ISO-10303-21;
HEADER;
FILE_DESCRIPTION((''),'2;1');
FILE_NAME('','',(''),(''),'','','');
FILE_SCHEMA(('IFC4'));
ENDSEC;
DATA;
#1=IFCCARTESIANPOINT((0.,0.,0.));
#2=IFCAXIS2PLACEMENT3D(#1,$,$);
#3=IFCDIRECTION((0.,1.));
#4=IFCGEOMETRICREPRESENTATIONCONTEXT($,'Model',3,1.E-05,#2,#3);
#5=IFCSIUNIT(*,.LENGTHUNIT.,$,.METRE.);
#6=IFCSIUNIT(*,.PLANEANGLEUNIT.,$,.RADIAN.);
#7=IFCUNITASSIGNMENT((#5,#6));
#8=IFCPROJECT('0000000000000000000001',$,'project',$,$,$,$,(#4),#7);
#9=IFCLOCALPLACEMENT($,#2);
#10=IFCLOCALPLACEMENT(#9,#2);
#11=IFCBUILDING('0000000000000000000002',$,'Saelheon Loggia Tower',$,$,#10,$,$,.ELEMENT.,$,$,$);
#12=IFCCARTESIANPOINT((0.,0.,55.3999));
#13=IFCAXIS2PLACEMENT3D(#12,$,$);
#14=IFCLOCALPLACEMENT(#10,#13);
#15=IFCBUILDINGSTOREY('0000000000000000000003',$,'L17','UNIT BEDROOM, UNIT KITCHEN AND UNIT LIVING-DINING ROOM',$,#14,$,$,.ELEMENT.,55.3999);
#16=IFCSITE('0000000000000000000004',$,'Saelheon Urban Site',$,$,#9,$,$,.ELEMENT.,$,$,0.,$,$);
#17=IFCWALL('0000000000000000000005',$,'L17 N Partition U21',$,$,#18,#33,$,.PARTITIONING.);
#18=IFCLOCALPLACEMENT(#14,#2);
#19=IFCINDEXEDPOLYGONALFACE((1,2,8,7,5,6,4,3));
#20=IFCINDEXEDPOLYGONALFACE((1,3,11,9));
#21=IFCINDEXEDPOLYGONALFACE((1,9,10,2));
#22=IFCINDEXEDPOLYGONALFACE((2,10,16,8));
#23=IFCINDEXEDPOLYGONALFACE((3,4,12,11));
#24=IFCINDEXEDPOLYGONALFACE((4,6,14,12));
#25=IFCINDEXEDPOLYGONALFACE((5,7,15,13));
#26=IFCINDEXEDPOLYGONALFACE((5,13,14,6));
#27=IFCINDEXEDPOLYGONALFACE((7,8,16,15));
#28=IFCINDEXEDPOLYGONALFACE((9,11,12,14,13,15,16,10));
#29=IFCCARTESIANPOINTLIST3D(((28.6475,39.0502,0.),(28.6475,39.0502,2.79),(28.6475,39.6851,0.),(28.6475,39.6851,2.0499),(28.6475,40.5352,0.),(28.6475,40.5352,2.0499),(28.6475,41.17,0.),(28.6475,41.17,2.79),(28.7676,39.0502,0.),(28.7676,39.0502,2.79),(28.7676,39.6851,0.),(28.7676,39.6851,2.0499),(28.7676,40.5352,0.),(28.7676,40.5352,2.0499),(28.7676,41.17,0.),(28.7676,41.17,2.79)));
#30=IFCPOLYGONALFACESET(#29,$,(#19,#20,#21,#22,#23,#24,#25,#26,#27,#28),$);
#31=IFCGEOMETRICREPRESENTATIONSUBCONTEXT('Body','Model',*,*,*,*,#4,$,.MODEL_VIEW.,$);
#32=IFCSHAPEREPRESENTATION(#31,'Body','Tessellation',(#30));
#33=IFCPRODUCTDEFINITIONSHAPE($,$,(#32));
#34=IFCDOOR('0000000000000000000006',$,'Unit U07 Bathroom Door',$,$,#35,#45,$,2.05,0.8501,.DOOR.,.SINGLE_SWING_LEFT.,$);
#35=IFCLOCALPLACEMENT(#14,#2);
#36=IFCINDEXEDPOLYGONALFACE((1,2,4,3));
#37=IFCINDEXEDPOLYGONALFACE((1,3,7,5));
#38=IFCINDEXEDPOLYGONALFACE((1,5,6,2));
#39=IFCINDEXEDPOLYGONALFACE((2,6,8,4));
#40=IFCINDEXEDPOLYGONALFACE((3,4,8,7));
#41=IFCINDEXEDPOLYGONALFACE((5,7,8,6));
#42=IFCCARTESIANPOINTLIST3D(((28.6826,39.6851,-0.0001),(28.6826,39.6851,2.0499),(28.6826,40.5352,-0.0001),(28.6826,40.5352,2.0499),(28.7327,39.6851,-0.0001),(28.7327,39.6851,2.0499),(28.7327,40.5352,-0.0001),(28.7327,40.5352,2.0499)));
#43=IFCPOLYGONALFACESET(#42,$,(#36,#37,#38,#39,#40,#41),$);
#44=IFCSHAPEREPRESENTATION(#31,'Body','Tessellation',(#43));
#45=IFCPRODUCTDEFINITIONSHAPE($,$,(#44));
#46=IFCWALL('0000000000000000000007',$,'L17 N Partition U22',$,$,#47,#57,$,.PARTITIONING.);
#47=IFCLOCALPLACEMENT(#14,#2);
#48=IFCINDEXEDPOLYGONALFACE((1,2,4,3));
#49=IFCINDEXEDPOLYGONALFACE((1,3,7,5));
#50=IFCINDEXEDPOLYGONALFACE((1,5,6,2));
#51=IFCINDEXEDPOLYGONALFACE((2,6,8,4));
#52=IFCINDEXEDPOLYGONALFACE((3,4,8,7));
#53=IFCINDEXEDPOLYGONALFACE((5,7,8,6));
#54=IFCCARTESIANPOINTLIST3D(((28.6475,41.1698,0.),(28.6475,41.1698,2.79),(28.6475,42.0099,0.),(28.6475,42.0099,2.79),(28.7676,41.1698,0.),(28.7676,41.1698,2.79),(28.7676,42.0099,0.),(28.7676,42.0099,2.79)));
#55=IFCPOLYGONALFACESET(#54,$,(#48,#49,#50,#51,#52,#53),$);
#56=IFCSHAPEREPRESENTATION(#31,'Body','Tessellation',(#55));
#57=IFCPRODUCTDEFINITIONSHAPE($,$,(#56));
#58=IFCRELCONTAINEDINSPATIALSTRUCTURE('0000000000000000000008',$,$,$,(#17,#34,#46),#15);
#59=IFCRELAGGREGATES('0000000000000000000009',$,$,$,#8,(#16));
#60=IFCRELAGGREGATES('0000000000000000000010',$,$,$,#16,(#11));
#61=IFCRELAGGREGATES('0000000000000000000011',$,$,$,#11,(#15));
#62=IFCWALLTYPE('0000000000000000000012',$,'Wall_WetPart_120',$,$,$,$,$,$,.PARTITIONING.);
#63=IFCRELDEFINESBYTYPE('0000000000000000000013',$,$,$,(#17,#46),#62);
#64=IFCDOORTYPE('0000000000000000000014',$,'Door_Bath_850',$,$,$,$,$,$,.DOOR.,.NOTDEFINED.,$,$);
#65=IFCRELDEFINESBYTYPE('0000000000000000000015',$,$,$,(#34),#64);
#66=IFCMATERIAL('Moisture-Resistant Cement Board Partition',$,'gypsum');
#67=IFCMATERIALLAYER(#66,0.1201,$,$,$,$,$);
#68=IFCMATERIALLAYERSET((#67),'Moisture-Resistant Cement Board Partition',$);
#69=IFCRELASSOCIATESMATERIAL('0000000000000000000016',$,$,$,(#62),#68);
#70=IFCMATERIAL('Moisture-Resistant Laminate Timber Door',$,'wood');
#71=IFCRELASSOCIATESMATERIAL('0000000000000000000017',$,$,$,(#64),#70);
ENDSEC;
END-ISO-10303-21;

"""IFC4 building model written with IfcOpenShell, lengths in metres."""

from ifc_helpers import new_model, si_unit, direction, frame, frame_2d, origin, place, context, subcontext, project, spatial, rectangle, extrude, source, transform, mapped, material, layer, layer_set, type_object, element, fill, save


model = new_model("IFC4")

# Units and contexts
model_context = context("Model", 3, precision=1e-05, world=origin(), true_north=direction((0.0, 1.0)))
body_context = subcontext(model_context, "Body", "Model", "MODEL_VIEW")
ifc_project = project(units=[si_unit("LENGTHUNIT", "METRE"), si_unit("PLANEANGLEUNIT", "RADIAN")], contexts=[model_context])

# Site, building, storey
site_placement = place(None, origin())
site = spatial("IfcSite", under=ifc_project, at=site_placement, Name="Saelheon Urban Site", CompositionType="ELEMENT", RefElevation=0.0)
building_placement = place(site_placement, origin())
building = spatial("IfcBuilding", under=site, at=building_placement, Name="Saelheon Loggia Tower", CompositionType="ELEMENT")
storey_placement = place(building_placement, frame((0.0, 0.0, 55.3999)))
storey = spatial("IfcBuildingStorey", under=building, at=storey_placement, Name="L17", Description="UNIT BEDROOM, UNIT KITCHEN AND UNIT LIVING-DINING ROOM", CompositionType="ELEMENT", Elevation=55.3999)

# Shared definitions
ifc_material_1 = material(Name="Moisture-Resistant Cement Board Partition", Category="gypsum")
ifc_layer_1 = layer(ifc_material_1, 0.1201)
ifc_layer_set_1 = layer_set([ifc_layer_1], Name="Moisture-Resistant Cement Board Partition")
wall_type_1 = type_object("IfcWallType", Name="Wall_WetPart_120", PredefinedType="PARTITIONING", material=ifc_layer_set_1)

# Wall, opening, door
wall_1_placement = place(storey_placement, frame((28.7075, 39.05, 0.0), z_axis=(0.0, 0.0, 1.0), x_axis=(0.0, 1.0, 0.0)))
wall_1 = element("IfcWall", 1, at=wall_1_placement, inside=storey, type_object=wall_type_1, Name="L17 N Partition U21", PredefinedType="PARTITIONING", context=body_context, shape_type="SweptSolid", body=[
    extrude(rectangle(XDim=2.1199, YDim=0.1201, at=frame_2d((1.0601, 0.0))), origin(), (0.0, 0.0, 1.0), 2.79),
])
opening_1_placement = place(wall_1_placement, frame((0.635, 0.0, 0.0)))
opening_1 = element("IfcOpeningElement", 2, at=opening_1_placement, cuts=wall_1, PredefinedType="OPENING", context=body_context, shape_type="SweptSolid", body=[
    extrude(rectangle(XDim=0.8501, YDim=2.05, at=frame_2d((0.425, 1.0249))), frame((0.0, 0.072, 0.0), z_axis=(0.0, -1.0, 0.0), x_axis=(1.0, 0.0, 0.0)), (0.0, 0.0, 1.0), 0.144),
])
ifc_material_2 = material(Name="Moisture-Resistant Laminate Timber Door", Category="wood")
door_type_1 = type_object("IfcDoorType", Name="Door_Bath_850", OperationType="NOTDEFINED", PredefinedType="DOOR", material=ifc_material_2)
shared_shape_1 = source(origin(), body_context, "Body", "SweptSolid", [
    extrude(rectangle(XDim=0.8501, YDim=2.05, at=frame_2d((0.425, 1.0249))), frame((0.0, 0.0249, 0.0), z_axis=(0.0, -1.0, 0.0), x_axis=(1.0, 0.0, 0.0)), (0.0, 0.0, 1.0), 0.05),
])
door_1_placement = place(opening_1_placement, origin())
door_1 = element("IfcDoor", 3, at=door_1_placement, inside=storey, type_object=door_type_1, Name="Unit U07 Bathroom Door", OperationType="SINGLE_SWING_LEFT", OverallHeight=2.05, OverallWidth=0.8501, PredefinedType="DOOR", context=body_context, shape_type="MappedRepresentation", body=[
    mapped(shared_shape_1, transform((0.0, 0.0, 0.0), scale=1.0)),
])
fill(opening_1, door_1)

# Wall
wall_2_placement = place(storey_placement, frame((28.7075, 41.1699, 0.0), z_axis=(0.0, 0.0, 1.0), x_axis=(0.0, 1.0, 0.0)))
element("IfcWall", 4, at=wall_2_placement, inside=storey, type_object=wall_type_1, Name="L17 N Partition U22", PredefinedType="PARTITIONING", context=body_context, shape_type="SweptSolid", body=[
    extrude(rectangle(XDim=0.8401, YDim=0.1201, at=frame_2d((0.4199, 0.0))), origin(), (0.0, 0.0, 1.0), 2.79),
])

save(model, "model.ifc")
